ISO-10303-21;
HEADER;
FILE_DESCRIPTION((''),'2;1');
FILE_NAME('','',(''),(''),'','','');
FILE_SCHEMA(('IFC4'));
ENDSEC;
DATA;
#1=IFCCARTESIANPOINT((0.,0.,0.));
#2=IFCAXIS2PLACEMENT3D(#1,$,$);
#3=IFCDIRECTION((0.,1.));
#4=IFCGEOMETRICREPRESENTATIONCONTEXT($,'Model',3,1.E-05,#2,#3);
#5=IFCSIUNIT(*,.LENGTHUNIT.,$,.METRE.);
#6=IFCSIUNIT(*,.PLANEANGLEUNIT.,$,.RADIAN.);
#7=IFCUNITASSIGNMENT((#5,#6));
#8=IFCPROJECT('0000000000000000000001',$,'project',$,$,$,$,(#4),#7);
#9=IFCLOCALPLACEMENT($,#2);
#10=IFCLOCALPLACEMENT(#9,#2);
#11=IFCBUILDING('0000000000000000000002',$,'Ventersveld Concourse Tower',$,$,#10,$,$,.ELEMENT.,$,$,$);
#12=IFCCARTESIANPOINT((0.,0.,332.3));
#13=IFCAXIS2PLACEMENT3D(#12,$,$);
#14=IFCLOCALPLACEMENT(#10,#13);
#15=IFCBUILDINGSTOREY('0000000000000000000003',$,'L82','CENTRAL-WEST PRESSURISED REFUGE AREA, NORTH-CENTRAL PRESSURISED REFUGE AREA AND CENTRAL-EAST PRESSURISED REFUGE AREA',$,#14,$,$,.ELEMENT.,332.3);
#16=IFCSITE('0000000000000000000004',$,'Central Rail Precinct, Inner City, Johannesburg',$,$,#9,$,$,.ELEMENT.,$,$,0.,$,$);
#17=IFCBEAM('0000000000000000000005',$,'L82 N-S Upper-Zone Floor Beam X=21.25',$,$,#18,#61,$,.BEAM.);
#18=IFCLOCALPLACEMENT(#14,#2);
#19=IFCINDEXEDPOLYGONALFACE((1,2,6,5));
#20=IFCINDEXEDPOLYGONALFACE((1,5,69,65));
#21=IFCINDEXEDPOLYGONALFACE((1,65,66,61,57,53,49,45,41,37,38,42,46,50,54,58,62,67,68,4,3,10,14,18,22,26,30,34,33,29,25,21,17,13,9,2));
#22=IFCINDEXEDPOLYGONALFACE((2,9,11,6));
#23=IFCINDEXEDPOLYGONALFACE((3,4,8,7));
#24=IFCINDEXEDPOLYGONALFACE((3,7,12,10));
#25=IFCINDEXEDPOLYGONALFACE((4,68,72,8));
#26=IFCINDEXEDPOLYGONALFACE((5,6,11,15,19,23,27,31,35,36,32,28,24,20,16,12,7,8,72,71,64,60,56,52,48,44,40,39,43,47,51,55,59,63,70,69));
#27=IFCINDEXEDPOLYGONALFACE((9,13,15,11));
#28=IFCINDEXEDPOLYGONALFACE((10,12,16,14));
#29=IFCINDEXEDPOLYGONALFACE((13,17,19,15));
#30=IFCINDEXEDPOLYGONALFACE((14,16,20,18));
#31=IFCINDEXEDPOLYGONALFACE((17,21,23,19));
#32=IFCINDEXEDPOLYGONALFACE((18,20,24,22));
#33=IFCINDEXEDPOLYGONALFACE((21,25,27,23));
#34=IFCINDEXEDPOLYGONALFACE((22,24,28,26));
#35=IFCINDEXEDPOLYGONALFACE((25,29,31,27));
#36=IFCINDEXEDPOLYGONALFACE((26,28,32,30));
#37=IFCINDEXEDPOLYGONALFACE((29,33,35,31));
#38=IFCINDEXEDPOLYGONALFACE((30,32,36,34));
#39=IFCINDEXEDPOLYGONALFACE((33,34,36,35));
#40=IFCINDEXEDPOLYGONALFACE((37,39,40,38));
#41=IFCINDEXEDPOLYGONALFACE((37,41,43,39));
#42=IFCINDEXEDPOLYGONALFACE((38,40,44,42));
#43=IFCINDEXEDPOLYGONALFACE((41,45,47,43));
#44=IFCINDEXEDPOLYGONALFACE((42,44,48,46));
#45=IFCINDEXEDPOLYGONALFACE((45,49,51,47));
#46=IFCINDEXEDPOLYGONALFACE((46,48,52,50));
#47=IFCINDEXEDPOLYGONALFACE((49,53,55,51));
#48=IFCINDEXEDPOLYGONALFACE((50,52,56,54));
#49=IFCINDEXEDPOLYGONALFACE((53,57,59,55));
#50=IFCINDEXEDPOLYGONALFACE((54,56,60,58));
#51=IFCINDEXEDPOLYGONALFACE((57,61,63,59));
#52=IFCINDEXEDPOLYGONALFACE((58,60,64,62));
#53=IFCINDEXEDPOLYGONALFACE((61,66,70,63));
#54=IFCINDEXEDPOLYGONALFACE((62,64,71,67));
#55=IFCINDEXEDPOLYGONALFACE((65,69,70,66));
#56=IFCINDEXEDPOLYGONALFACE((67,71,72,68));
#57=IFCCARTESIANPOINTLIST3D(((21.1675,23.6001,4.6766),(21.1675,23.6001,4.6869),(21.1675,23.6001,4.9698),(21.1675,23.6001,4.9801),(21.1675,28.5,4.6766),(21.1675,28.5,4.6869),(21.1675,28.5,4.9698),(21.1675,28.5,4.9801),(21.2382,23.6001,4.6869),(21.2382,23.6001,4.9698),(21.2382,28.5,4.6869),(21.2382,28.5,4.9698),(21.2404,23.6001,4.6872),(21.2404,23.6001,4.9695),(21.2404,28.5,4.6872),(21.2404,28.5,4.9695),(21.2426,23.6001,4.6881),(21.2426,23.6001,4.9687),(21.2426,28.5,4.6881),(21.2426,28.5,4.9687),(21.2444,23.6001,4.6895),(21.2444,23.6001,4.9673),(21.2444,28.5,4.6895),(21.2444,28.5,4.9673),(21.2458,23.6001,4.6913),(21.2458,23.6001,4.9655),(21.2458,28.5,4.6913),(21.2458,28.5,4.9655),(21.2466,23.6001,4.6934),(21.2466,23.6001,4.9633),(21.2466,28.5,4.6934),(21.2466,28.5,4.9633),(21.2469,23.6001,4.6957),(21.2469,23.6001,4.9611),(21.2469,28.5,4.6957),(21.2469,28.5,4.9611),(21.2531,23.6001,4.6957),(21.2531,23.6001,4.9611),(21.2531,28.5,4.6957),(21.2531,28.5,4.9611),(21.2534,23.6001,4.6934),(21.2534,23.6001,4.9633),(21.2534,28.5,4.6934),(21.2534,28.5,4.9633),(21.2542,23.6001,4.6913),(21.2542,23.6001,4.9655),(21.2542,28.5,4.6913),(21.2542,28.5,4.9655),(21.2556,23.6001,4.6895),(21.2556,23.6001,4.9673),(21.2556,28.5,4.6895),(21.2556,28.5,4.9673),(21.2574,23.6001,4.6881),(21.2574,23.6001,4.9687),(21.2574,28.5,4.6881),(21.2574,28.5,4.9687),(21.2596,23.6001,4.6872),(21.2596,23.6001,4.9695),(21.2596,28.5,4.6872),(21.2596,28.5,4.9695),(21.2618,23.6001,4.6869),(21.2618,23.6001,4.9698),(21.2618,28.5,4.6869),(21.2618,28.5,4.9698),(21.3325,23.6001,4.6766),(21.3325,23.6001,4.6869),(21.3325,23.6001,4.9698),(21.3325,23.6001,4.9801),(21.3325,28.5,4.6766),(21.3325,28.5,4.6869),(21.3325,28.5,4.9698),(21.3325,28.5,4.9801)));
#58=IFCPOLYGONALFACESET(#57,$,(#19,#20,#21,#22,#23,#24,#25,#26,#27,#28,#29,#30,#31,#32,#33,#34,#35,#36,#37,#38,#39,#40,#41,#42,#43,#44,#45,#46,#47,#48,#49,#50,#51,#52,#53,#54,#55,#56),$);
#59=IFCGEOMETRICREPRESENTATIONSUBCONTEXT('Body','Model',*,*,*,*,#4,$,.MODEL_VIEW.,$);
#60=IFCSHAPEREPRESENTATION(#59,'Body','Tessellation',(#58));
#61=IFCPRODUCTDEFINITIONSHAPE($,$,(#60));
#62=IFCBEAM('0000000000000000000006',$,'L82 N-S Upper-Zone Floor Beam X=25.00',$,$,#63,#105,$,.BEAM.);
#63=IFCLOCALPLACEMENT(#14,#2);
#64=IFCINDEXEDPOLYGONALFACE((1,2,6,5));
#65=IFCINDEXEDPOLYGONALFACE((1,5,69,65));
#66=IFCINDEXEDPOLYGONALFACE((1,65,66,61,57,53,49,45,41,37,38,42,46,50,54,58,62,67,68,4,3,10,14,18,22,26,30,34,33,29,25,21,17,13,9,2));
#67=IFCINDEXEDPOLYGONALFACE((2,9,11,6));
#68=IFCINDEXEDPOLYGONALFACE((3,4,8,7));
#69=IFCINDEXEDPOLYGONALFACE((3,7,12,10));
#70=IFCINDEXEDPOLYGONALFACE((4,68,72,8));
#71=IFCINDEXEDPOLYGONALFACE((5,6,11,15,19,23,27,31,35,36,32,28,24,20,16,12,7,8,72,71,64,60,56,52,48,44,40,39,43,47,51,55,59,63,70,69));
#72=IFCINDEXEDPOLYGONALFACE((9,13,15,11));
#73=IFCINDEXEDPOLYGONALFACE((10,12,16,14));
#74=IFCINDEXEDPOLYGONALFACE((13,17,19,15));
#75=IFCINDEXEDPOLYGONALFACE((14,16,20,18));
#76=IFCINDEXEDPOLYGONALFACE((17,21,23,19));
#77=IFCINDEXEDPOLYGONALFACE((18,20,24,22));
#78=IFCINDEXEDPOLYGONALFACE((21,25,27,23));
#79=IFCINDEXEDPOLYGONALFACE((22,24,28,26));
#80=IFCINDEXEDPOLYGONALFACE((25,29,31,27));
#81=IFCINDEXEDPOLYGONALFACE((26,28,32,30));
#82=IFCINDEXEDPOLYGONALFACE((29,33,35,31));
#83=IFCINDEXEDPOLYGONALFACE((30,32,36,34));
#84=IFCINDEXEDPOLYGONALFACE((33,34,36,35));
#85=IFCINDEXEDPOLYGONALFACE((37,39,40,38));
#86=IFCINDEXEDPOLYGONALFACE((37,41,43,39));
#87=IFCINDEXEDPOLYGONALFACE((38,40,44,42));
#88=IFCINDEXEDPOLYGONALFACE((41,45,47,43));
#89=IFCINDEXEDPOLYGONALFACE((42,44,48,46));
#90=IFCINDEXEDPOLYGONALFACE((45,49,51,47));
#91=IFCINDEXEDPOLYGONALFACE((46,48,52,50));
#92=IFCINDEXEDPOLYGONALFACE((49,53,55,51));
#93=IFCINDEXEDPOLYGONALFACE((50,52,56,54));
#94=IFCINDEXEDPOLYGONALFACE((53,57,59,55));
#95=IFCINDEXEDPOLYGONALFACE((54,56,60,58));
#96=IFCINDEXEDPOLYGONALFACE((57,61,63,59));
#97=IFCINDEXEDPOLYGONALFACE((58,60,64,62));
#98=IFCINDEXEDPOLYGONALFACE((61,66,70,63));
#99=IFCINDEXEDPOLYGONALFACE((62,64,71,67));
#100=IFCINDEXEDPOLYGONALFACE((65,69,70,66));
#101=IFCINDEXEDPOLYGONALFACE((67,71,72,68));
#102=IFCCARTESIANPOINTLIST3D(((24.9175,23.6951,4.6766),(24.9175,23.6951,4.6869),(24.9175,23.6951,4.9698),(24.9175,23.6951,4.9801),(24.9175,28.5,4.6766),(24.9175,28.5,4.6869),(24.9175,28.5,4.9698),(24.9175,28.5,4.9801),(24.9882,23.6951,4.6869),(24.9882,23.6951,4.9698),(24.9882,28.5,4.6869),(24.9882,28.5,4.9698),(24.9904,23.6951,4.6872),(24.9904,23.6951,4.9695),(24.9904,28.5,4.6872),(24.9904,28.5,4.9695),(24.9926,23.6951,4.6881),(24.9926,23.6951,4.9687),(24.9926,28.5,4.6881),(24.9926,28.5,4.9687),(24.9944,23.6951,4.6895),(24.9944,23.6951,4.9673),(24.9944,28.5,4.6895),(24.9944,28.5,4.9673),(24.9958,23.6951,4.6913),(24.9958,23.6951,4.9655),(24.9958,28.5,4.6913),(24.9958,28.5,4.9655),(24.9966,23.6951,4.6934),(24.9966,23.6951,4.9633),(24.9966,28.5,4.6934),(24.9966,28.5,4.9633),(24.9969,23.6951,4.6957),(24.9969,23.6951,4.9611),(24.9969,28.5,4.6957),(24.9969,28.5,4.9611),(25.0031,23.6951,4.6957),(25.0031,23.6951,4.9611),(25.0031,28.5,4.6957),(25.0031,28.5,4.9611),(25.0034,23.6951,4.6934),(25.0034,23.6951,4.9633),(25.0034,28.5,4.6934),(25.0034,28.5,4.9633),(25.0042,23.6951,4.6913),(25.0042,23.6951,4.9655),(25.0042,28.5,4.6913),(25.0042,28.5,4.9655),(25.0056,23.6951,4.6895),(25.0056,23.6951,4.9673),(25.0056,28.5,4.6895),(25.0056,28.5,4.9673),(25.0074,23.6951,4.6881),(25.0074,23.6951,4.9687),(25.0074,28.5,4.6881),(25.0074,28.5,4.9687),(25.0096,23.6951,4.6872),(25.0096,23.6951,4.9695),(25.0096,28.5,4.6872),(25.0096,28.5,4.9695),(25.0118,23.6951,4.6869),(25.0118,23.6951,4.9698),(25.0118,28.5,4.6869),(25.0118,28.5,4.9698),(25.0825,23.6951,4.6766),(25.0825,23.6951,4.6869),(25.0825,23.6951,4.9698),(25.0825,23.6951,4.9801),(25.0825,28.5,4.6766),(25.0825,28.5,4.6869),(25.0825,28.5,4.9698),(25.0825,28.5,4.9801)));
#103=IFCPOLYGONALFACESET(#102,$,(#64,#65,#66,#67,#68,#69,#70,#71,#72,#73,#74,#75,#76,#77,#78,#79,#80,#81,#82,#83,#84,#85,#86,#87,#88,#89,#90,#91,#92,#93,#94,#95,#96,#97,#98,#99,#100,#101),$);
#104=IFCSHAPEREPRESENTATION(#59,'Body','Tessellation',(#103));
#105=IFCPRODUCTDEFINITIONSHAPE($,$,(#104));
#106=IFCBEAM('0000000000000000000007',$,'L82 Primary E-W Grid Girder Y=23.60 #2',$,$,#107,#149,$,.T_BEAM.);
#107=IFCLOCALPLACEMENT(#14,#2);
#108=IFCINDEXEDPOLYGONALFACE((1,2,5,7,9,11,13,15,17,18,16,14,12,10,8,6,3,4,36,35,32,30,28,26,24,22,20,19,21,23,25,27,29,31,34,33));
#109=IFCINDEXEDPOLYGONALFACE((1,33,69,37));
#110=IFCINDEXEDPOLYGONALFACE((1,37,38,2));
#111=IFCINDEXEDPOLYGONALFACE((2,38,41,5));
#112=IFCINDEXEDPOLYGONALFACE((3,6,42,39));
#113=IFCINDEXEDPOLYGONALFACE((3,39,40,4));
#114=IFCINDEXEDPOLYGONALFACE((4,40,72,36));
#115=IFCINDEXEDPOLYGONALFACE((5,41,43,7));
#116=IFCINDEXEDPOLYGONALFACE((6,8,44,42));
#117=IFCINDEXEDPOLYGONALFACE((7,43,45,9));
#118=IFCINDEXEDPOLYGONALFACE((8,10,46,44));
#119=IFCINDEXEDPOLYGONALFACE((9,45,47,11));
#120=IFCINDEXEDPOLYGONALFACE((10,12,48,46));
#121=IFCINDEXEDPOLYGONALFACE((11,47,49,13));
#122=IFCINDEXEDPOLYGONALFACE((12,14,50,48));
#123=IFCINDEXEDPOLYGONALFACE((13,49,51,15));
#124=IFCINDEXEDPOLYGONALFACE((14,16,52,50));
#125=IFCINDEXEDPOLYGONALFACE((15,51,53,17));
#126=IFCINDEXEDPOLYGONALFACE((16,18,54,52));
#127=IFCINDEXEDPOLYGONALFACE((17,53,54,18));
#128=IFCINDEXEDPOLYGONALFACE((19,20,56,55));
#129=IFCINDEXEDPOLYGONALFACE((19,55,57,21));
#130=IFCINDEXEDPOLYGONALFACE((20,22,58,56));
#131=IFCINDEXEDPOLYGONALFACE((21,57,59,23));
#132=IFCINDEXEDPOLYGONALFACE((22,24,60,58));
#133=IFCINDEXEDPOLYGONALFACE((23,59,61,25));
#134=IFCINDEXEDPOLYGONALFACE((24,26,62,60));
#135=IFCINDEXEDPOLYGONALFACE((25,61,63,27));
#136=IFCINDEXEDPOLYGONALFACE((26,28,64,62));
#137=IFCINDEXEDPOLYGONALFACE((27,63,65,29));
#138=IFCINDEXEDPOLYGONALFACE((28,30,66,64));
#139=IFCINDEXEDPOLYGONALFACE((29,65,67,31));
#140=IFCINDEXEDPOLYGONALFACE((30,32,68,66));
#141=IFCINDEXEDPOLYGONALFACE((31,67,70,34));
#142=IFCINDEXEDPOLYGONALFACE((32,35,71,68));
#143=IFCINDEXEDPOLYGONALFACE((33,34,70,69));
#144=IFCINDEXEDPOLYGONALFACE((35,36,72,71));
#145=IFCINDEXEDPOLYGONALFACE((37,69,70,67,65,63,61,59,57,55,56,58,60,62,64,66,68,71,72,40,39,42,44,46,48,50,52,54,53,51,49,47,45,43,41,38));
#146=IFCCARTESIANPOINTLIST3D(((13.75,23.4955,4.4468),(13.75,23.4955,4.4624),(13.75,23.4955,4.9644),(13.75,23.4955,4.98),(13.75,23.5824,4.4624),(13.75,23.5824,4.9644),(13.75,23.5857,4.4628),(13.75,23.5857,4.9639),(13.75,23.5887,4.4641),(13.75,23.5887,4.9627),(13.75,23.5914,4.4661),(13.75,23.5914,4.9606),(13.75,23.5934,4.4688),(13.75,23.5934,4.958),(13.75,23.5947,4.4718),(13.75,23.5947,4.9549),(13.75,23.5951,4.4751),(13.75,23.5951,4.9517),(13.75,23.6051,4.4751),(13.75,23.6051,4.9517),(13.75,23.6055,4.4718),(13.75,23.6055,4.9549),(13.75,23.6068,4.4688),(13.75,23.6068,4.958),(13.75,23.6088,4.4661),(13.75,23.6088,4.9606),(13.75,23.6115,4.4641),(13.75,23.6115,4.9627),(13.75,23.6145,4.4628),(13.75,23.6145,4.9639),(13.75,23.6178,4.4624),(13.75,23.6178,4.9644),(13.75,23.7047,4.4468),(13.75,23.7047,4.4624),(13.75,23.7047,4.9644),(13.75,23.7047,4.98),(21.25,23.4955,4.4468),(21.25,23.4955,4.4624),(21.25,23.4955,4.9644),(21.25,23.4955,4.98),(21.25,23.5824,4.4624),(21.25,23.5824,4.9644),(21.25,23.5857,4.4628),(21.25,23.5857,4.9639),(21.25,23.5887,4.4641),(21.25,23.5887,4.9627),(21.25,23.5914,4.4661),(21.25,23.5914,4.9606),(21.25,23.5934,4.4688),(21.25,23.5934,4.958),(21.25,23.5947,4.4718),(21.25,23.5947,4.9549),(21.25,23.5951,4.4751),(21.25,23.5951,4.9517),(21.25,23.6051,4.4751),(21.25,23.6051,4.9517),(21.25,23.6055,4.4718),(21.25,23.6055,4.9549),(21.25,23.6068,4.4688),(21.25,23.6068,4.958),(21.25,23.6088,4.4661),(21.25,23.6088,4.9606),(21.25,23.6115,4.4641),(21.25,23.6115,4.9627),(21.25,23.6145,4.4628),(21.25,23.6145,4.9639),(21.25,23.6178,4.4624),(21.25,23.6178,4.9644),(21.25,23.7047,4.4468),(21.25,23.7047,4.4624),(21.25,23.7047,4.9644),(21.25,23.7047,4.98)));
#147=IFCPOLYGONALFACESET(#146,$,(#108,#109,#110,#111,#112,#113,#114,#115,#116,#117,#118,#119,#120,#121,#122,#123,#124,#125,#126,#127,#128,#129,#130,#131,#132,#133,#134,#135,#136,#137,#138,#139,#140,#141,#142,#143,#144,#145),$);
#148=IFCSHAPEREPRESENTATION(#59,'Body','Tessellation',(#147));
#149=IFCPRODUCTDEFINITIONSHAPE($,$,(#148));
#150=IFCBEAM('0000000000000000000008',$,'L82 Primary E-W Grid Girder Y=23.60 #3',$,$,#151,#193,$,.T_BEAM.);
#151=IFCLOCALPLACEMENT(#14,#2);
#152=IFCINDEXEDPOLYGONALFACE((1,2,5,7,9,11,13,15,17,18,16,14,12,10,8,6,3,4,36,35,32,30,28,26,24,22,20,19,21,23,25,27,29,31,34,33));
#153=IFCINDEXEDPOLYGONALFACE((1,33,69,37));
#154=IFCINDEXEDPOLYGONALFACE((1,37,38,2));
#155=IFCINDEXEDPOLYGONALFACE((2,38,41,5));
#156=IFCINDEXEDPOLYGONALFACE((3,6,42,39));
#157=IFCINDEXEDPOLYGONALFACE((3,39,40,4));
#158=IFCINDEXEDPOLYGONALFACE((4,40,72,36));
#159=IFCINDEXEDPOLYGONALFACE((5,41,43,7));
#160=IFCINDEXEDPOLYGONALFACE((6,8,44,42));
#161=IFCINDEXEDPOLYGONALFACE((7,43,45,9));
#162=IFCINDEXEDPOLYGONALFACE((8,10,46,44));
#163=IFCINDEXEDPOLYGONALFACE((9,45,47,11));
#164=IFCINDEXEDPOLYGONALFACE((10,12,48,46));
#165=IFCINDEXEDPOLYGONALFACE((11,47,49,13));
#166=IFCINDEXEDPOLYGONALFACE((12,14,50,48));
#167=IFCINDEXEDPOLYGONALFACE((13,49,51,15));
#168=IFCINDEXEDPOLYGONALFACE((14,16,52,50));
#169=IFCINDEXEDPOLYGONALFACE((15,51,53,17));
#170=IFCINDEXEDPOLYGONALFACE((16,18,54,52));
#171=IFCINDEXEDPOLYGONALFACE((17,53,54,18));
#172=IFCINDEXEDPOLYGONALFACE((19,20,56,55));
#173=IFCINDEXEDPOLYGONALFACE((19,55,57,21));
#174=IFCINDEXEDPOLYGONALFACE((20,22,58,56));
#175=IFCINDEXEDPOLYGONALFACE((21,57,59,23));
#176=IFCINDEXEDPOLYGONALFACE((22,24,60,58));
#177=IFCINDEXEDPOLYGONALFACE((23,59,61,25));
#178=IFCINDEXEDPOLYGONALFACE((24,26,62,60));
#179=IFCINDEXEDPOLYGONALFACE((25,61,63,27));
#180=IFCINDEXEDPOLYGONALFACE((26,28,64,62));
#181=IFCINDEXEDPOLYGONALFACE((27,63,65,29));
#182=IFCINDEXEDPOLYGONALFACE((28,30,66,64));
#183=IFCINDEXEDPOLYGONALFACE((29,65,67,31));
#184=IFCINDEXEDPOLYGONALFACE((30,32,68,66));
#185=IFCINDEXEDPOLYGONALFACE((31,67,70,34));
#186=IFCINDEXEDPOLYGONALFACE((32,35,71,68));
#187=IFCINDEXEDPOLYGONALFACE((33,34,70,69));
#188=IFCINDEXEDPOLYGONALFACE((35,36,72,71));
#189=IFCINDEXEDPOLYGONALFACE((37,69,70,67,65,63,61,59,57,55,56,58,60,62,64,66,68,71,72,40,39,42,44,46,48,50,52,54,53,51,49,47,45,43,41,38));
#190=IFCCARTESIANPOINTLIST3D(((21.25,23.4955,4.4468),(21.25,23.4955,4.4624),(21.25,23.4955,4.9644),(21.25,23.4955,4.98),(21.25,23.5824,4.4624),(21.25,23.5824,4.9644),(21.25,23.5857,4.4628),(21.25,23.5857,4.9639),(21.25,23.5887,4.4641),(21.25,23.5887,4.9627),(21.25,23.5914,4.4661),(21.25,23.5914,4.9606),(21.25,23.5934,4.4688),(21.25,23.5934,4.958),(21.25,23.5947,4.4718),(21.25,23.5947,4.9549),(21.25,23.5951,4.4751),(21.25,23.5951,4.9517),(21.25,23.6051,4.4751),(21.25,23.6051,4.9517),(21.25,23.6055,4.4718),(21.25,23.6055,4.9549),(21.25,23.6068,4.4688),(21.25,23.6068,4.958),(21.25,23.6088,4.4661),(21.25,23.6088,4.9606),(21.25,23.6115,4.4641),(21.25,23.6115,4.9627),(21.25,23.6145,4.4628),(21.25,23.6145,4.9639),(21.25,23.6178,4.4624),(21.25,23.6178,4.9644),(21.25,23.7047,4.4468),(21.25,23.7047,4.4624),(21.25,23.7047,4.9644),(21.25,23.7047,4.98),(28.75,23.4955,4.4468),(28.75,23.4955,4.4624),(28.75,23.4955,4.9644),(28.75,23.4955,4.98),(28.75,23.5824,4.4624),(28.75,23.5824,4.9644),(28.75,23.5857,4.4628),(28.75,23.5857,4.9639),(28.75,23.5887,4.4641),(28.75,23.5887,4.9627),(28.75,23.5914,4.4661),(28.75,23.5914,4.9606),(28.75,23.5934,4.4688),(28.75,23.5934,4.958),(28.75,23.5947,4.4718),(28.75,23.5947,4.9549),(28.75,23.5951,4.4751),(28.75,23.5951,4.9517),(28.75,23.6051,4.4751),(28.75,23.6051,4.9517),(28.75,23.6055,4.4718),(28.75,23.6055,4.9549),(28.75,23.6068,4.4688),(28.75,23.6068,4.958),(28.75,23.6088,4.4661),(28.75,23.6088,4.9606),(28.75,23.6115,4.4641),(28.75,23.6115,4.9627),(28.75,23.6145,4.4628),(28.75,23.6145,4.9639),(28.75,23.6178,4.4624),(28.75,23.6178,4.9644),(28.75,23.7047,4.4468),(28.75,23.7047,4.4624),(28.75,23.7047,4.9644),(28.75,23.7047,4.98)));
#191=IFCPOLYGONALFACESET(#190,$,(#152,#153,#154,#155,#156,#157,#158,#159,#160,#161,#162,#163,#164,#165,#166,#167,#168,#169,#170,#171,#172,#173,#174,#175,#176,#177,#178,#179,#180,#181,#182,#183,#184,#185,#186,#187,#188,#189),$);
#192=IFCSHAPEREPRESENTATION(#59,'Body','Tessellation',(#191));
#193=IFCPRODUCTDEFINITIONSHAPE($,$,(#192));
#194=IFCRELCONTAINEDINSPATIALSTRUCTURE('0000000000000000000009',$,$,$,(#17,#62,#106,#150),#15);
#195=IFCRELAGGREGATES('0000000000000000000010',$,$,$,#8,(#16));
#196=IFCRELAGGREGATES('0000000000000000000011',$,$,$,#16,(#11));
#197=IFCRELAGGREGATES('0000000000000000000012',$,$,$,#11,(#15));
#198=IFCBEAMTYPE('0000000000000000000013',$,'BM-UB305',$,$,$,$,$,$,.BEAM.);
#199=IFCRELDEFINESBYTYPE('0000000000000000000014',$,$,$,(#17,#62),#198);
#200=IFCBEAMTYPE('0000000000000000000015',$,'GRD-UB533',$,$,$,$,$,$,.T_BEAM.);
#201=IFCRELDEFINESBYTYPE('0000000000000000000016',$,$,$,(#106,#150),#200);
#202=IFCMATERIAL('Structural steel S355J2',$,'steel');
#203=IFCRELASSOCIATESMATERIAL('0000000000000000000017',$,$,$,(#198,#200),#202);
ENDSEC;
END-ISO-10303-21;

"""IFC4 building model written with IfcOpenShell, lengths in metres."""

from ifc_helpers import new_model, si_unit, direction, frame, origin, origin_2d, place, context, subcontext, project, spatial, i_section, extrude, material, material_profile, profile_set, type_object, element, save


model = new_model("IFC4")

# Units and contexts
model_context = context("Model", 3, precision=1e-05, world=origin(), true_north=direction((0.0, 1.0)))
body_context = subcontext(model_context, "Body", "Model", "MODEL_VIEW")
ifc_project = project(units=[si_unit("LENGTHUNIT", "METRE"), si_unit("PLANEANGLEUNIT", "RADIAN")], contexts=[model_context])

# Site, building, storey
site_placement = place(None, origin())
site = spatial("IfcSite", under=ifc_project, at=site_placement, Name="Central Rail Precinct, Inner City, Johannesburg", CompositionType="ELEMENT", RefElevation=0.0)
building_placement = place(site_placement, origin())
building = spatial("IfcBuilding", under=site, at=building_placement, Name="Ventersveld Concourse Tower", CompositionType="ELEMENT")
storey_placement = place(building_placement, frame((0.0, 0.0, 332.3)))
storey = spatial("IfcBuildingStorey", under=building, at=storey_placement, Name="L82", Description="CENTRAL-WEST PRESSURISED REFUGE AREA, NORTH-CENTRAL PRESSURISED REFUGE AREA AND CENTRAL-EAST PRESSURISED REFUGE AREA", CompositionType="ELEMENT", Elevation=332.3)

# Shared definitions
ifc_material_1 = material(Name="Structural steel S355J2", Category="steel")

# Beams
ifc_material_profile_1 = material_profile(ifc_material_1, i_section(OverallWidth=0.165, OverallDepth=0.3035, WebThickness=0.0061, FlangeThickness=0.0103, FilletRadius=0.0088, at=origin_2d()), Name="UB 305x165x40")
ifc_profile_set_1 = profile_set([ifc_material_profile_1], Name="Structural steel S355J2")
beam_type_1 = type_object("IfcBeamType", Name="BM-UB305", PredefinedType="BEAM", material=ifc_profile_set_1)
beam_1_placement = place(storey_placement, frame((21.25, 23.6001, 4.8284), z_axis=(0.0, 1.0, 0.0), x_axis=(-1.0, 0.0, 0.0)))
element("IfcBeam", 1, at=beam_1_placement, inside=storey, type_object=beam_type_1, Name="L82 N-S Upper-Zone Floor Beam X=21.25", PredefinedType="BEAM", context=body_context, shape_type="SweptSolid", body=[
    extrude(i_section(OverallWidth=0.165, OverallDepth=0.3035, WebThickness=0.0061, FlangeThickness=0.0103, FilletRadius=0.0088, at=origin_2d()), origin(), (0.0, 0.0, 1.0), 4.8999),
])
beam_2_placement = place(storey_placement, frame((25.0, 23.6951, 4.8284), z_axis=(0.0, 1.0, 0.0), x_axis=(-1.0, 0.0, 0.0)))
element("IfcBeam", 2, at=beam_2_placement, inside=storey, type_object=beam_type_1, Name="L82 N-S Upper-Zone Floor Beam X=25.00", PredefinedType="BEAM", context=body_context, shape_type="SweptSolid", body=[
    extrude(i_section(OverallWidth=0.165, OverallDepth=0.3035, WebThickness=0.0061, FlangeThickness=0.0103, FilletRadius=0.0088, at=origin_2d()), origin(), (0.0, 0.0, 1.0), 4.8049),
])
ifc_material_profile_2 = material_profile(ifc_material_1, i_section(OverallWidth=0.2092, OverallDepth=0.5332, WebThickness=0.01, FlangeThickness=0.0156, FilletRadius=0.0127, at=origin_2d()), Name="UB 533x210x92")
ifc_profile_set_2 = profile_set([ifc_material_profile_2], Name="Structural steel S355J2")
beam_type_2 = type_object("IfcBeamType", Name="GRD-UB533", PredefinedType="T_BEAM", material=ifc_profile_set_2)
for number, where, z_axis, x_axis, name in (
    (3, (13.75, 23.6001, 4.7134), (1.0, 0.0, 0.0), (0.0, 1.0, 0.0), "L82 Primary E-W Grid Girder Y=23.60 #2"),
    (4, (21.25, 23.6001, 4.7134), (1.0, 0.0, 0.0), (0.0, 1.0, 0.0), "L82 Primary E-W Grid Girder Y=23.60 #3"),
):
    element("IfcBeam", number, at=place(storey_placement, frame(where, z_axis=z_axis, x_axis=x_axis)), inside=storey, type_object=beam_type_2, Name=name, PredefinedType="T_BEAM", context=body_context, shape_type="SweptSolid", body=[
        extrude(i_section(OverallWidth=0.2092, OverallDepth=0.5332, WebThickness=0.01, FlangeThickness=0.0156, FilletRadius=0.0127, at=origin_2d()), origin(), (0.0, 0.0, 1.0), 7.5),
    ])

save(model, "model.ifc")
